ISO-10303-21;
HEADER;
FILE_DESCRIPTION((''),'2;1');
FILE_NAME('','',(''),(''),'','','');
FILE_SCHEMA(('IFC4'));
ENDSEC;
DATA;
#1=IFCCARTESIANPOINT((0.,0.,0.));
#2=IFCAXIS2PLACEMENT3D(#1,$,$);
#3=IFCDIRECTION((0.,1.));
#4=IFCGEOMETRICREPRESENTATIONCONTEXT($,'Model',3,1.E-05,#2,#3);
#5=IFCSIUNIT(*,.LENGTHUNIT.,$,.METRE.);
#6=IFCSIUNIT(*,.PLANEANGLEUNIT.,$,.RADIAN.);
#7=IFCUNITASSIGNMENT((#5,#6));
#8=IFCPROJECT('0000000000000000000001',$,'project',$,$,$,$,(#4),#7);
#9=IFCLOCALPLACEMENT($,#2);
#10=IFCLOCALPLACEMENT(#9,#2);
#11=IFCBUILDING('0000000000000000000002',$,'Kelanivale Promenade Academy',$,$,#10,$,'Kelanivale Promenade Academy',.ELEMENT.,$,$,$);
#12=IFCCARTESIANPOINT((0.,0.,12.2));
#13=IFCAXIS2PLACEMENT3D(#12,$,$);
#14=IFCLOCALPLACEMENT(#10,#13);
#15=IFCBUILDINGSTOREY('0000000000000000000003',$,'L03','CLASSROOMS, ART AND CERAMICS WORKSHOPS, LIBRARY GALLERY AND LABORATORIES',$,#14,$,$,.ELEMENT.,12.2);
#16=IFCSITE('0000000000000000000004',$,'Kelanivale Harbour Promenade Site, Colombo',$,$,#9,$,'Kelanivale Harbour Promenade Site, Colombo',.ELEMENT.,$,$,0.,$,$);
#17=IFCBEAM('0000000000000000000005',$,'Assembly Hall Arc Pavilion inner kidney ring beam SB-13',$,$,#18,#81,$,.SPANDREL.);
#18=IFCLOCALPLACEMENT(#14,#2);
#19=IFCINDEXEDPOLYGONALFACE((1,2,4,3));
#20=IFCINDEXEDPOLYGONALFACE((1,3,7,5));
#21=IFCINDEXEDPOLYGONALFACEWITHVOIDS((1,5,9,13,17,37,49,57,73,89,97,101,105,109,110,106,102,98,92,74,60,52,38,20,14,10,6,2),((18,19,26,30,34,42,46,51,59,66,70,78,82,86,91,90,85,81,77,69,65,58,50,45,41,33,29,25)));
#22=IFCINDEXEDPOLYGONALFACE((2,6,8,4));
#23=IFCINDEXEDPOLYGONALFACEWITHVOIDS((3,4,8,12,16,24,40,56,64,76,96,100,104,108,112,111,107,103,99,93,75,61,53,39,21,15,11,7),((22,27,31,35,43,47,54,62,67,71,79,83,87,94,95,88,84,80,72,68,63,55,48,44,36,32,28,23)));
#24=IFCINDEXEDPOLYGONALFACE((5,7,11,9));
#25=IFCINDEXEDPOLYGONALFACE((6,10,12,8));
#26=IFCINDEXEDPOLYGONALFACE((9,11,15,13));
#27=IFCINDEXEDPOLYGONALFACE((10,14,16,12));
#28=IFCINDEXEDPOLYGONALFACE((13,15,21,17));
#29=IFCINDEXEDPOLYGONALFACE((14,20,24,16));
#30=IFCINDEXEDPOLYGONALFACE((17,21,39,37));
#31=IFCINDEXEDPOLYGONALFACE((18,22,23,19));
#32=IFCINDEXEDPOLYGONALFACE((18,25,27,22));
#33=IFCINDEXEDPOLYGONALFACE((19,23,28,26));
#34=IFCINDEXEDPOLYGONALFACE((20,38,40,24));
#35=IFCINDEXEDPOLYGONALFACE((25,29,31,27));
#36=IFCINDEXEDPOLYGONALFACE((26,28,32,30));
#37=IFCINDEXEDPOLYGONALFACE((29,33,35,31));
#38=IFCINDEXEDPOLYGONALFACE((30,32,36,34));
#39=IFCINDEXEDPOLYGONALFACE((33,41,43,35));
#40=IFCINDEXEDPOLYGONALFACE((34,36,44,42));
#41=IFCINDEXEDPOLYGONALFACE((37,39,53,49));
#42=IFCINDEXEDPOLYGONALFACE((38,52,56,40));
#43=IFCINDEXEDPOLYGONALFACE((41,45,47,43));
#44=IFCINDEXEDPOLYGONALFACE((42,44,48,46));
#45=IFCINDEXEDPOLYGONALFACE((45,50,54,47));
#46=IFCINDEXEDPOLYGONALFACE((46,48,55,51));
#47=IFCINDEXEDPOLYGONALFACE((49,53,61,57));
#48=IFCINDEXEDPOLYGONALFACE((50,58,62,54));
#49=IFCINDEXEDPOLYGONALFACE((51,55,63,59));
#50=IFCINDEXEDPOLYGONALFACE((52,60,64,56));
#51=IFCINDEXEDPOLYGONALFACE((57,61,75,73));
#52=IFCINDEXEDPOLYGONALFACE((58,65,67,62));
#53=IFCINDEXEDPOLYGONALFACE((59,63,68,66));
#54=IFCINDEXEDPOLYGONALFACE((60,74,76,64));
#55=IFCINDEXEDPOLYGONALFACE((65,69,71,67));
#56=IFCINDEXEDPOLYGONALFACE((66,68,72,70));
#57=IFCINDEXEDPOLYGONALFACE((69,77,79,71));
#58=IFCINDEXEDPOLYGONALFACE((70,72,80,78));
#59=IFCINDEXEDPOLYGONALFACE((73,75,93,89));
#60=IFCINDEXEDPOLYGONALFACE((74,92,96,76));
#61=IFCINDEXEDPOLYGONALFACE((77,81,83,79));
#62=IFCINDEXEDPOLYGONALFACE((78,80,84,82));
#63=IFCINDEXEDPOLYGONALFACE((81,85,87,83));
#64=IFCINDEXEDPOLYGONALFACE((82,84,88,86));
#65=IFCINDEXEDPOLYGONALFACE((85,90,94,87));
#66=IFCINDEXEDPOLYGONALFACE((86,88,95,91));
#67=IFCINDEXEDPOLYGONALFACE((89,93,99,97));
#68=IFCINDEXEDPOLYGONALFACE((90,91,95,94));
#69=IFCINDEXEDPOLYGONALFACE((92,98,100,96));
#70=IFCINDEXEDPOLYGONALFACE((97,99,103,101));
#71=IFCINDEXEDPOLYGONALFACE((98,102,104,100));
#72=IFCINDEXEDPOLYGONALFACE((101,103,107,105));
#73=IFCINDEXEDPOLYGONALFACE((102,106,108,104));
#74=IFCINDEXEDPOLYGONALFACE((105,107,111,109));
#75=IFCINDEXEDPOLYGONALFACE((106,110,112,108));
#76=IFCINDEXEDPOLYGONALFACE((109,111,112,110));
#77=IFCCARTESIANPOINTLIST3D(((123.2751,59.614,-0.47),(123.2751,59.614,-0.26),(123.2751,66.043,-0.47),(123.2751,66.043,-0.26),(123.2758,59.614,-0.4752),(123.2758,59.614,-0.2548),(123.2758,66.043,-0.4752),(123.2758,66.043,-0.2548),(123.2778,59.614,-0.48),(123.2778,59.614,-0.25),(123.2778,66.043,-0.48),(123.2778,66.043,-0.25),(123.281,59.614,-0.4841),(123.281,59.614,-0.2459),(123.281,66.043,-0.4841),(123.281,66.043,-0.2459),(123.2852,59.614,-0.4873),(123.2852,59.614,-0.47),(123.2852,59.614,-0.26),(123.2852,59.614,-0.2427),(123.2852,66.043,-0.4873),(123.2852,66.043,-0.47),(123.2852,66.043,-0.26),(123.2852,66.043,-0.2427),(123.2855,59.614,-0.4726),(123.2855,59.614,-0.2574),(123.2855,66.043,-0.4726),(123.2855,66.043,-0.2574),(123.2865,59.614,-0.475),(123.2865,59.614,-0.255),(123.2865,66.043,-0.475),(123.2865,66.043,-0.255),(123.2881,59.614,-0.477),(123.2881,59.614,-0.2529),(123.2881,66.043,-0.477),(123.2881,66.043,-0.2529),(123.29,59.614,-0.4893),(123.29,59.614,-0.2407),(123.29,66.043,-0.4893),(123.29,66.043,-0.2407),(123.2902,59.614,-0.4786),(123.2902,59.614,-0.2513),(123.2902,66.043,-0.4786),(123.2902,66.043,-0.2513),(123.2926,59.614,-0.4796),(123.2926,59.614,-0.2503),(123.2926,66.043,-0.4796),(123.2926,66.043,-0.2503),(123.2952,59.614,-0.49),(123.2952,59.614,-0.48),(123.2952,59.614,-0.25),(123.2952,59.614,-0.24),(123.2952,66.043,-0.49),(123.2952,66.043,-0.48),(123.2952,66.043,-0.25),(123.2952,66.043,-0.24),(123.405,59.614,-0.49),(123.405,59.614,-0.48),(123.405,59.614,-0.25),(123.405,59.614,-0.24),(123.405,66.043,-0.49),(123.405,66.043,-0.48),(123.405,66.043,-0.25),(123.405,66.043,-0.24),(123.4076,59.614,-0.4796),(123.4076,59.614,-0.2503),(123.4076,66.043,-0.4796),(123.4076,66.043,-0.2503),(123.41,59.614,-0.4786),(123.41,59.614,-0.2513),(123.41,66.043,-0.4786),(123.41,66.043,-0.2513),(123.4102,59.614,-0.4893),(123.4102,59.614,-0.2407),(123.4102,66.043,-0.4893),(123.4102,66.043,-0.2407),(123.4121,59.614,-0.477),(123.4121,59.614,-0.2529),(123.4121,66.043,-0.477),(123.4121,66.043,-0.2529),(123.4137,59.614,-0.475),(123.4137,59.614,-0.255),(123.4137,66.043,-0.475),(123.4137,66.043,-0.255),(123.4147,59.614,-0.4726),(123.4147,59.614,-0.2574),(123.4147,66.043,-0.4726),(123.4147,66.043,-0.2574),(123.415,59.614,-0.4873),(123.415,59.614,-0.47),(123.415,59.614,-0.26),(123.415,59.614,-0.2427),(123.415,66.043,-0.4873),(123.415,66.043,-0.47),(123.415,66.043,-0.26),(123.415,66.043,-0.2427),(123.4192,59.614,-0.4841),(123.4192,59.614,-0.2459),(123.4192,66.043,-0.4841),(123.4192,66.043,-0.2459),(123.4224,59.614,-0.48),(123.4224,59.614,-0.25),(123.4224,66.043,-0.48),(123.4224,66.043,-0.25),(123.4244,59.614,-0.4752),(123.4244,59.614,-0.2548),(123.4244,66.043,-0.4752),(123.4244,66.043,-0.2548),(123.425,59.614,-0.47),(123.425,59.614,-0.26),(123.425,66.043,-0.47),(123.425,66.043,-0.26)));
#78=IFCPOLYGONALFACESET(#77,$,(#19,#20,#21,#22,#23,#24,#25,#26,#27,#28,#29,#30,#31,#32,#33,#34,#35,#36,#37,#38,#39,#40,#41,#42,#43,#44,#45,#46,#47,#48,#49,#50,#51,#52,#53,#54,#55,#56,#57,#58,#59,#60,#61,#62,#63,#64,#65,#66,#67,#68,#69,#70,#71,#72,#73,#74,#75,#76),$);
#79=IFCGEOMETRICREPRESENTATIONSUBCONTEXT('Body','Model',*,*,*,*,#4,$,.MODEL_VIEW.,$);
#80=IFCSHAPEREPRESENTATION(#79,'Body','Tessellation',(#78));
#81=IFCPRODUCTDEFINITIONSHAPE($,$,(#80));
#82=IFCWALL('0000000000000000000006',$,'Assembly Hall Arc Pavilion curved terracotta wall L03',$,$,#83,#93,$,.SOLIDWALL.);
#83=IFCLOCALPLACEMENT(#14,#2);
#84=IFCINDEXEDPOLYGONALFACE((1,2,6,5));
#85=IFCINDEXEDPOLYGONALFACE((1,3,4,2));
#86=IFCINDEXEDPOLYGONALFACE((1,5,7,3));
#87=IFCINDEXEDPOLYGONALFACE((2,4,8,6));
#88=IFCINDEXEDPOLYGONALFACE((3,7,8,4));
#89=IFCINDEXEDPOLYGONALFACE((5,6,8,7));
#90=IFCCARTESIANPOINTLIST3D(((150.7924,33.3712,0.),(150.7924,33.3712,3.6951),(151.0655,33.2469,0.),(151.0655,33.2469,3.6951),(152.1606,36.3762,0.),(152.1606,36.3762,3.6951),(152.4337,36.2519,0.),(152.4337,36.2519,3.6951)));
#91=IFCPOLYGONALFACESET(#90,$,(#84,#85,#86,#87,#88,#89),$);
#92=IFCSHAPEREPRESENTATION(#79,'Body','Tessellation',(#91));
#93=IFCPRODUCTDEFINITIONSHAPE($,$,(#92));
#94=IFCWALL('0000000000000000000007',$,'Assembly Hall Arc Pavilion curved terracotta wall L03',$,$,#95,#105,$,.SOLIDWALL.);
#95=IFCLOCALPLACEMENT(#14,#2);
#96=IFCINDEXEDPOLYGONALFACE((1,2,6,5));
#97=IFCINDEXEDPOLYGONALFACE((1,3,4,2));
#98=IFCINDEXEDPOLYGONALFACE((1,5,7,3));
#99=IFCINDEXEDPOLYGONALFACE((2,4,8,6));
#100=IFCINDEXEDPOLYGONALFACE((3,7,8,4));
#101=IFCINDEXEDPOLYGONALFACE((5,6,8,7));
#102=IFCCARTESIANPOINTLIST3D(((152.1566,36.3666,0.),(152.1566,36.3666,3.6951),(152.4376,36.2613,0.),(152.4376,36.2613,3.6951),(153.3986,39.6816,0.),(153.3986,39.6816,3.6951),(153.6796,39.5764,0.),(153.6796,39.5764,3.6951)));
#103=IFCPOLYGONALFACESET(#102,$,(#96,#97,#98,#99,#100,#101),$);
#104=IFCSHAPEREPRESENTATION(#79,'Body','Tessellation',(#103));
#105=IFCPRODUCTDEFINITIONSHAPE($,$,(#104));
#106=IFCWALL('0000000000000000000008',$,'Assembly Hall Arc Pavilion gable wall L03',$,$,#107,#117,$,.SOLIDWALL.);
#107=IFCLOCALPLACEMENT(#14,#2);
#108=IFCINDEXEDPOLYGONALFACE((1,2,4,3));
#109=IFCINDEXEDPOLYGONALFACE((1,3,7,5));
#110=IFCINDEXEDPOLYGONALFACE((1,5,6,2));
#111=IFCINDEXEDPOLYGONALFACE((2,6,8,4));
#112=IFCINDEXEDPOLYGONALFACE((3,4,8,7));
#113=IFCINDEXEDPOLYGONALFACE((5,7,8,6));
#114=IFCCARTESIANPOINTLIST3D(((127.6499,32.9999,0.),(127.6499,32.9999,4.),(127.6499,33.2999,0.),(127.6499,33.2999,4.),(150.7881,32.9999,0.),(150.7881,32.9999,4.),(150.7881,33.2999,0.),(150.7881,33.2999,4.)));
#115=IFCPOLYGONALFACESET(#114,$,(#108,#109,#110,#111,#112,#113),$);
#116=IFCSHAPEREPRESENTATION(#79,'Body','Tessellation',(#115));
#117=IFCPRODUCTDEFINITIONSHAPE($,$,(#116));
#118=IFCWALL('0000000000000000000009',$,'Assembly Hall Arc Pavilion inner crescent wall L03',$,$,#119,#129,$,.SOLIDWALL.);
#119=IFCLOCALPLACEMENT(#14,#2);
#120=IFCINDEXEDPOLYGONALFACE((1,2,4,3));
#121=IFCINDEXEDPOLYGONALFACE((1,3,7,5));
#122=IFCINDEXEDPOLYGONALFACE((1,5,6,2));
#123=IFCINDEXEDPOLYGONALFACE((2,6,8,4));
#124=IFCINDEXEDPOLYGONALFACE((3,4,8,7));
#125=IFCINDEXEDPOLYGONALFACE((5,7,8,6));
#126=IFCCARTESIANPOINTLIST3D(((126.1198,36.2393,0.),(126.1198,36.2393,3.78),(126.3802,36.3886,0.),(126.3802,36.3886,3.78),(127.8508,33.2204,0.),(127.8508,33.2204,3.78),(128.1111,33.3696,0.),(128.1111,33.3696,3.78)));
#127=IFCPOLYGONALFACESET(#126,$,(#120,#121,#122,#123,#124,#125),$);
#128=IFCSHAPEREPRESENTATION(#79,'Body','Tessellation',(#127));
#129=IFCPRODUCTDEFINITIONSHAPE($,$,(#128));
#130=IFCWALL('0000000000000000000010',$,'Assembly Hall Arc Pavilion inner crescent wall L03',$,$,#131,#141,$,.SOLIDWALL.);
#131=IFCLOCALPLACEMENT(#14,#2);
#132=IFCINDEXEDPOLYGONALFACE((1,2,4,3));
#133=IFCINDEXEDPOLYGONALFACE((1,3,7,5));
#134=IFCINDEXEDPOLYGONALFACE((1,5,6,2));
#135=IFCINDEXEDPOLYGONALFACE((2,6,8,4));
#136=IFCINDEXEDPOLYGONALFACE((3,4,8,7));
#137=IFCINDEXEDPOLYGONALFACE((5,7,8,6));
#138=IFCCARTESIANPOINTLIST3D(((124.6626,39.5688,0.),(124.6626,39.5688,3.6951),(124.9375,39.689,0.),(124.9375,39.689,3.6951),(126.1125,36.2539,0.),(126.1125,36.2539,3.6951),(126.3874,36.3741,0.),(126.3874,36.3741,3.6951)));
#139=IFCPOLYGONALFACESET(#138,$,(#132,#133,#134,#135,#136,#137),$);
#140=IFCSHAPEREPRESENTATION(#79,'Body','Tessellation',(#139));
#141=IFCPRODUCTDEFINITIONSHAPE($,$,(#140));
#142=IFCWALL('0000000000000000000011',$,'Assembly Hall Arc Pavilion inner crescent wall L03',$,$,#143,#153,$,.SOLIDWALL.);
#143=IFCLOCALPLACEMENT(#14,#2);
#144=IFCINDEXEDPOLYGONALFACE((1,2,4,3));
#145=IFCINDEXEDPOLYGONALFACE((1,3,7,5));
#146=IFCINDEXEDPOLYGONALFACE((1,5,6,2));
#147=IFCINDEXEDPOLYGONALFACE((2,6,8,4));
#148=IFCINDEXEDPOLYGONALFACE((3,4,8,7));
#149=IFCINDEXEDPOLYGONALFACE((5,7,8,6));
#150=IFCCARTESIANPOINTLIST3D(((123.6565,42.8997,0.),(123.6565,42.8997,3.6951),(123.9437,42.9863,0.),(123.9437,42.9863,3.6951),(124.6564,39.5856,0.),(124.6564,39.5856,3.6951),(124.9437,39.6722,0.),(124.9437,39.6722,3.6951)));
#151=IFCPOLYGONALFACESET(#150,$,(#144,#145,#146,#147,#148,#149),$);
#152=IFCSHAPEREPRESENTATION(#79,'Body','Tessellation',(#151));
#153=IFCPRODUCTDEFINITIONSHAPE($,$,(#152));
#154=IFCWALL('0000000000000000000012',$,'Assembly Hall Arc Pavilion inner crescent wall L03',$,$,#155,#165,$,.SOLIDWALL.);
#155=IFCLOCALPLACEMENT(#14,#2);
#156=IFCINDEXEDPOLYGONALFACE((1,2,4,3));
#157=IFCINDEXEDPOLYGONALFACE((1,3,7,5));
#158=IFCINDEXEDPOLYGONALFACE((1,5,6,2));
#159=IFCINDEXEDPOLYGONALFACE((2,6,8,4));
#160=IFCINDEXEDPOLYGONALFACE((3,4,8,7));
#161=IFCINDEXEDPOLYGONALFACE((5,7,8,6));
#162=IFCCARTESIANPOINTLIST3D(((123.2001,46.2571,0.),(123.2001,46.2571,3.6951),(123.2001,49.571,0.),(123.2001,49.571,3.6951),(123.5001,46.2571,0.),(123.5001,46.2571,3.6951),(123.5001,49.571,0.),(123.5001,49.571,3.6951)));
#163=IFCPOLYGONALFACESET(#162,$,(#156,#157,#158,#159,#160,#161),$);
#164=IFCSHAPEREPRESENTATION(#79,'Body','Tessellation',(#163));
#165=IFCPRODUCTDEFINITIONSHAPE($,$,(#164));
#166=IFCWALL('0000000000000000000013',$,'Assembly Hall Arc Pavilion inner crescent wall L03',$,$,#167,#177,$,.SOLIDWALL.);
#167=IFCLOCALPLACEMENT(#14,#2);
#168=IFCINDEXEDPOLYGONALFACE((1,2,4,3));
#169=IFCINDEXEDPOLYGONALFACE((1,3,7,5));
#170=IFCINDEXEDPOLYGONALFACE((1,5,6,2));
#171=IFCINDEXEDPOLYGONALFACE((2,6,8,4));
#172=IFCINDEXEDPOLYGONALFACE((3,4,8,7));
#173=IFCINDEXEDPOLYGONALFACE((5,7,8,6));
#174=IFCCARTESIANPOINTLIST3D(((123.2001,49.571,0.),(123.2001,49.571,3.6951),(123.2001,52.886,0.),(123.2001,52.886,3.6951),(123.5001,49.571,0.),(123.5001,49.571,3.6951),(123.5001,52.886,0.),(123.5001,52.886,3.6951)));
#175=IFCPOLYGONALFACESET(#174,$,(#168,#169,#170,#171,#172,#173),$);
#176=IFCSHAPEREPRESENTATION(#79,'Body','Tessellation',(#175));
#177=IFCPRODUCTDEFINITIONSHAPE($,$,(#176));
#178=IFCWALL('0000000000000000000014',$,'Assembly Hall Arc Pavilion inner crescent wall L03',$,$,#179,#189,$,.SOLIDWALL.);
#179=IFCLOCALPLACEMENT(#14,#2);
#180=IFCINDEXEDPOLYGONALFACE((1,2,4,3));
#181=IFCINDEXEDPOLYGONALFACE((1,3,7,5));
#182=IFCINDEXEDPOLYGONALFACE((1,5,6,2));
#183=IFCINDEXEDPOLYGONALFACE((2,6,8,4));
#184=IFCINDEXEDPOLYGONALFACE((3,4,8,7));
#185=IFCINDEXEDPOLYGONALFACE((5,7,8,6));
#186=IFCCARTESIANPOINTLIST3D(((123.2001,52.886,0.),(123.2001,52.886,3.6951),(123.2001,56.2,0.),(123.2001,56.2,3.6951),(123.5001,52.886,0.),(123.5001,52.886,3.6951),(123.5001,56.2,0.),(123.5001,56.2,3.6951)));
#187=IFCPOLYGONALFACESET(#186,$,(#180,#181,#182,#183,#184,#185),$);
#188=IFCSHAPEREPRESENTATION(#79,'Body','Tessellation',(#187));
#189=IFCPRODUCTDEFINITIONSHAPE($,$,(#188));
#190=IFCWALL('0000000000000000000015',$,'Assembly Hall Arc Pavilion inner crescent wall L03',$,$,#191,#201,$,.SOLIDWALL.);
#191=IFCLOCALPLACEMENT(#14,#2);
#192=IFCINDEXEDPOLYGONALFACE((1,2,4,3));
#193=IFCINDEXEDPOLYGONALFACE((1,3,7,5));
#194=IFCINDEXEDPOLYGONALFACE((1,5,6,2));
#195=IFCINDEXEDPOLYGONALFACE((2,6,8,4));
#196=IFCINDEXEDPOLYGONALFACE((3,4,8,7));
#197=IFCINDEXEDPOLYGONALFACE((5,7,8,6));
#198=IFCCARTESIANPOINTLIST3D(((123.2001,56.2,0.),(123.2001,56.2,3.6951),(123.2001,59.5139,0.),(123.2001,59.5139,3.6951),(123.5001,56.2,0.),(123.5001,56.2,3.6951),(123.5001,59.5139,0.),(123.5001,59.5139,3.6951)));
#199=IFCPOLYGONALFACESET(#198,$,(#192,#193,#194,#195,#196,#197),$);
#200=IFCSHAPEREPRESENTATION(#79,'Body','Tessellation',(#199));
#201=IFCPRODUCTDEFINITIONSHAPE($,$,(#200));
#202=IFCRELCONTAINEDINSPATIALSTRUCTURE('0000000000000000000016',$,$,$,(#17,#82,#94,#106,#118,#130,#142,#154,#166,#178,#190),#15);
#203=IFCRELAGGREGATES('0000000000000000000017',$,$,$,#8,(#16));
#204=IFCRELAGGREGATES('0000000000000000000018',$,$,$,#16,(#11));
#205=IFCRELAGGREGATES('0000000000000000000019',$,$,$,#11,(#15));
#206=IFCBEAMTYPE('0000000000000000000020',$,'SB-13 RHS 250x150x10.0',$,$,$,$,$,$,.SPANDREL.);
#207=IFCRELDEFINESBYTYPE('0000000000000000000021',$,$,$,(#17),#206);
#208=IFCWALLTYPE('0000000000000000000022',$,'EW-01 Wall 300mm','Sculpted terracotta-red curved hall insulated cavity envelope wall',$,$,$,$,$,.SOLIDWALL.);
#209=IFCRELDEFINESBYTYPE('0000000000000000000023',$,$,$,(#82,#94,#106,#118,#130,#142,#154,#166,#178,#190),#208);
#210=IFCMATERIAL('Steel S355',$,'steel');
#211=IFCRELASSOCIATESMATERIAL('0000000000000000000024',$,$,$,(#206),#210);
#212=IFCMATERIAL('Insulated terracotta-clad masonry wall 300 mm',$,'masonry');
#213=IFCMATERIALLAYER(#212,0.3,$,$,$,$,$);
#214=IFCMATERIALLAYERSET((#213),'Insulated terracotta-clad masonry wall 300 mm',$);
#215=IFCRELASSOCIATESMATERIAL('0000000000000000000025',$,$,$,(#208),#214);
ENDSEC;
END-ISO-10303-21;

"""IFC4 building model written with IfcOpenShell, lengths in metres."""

from ifc_helpers import new_model, si_unit, direction, frame, frame_2d, origin, origin_2d, place, context, subcontext, project, spatial, rectangle, hollow_rectangle, extrude, material, layer, layer_set, material_profile, profile_set, type_object, element, save


model = new_model("IFC4")

# Units and contexts
model_context = context("Model", 3, precision=1e-05, world=origin(), true_north=direction((0.0, 1.0)))
body_context = subcontext(model_context, "Body", "Model", "MODEL_VIEW")
ifc_project = project(units=[si_unit("LENGTHUNIT", "METRE"), si_unit("PLANEANGLEUNIT", "RADIAN")], contexts=[model_context])

# Site, building, storey
site_placement = place(None, origin())
site = spatial("IfcSite", under=ifc_project, at=site_placement, Name="Kelanivale Harbour Promenade Site, Colombo", LongName="Kelanivale Harbour Promenade Site, Colombo", CompositionType="ELEMENT", RefElevation=0.0)
building_placement = place(site_placement, origin())
building = spatial("IfcBuilding", under=site, at=building_placement, Name="Kelanivale Promenade Academy", LongName="Kelanivale Promenade Academy", CompositionType="ELEMENT")
storey_placement = place(building_placement, frame((0.0, 0.0, 12.2)))
storey = spatial("IfcBuildingStorey", under=building, at=storey_placement, Name="L03", Description="CLASSROOMS, ART AND CERAMICS WORKSHOPS, LIBRARY GALLERY AND LABORATORIES", CompositionType="ELEMENT", Elevation=12.2)

# Shared definitions
ifc_material_1 = material(Name="Steel S355", Category="steel")

# Beam
ifc_material_profile_1 = material_profile(ifc_material_1, hollow_rectangle(XDim=0.1499, YDim=0.25, WallThickness=0.01, InnerFilletRadius=0.01, OuterFilletRadius=0.02, at=origin_2d()), Name="RHS 250x150x10.0")
ifc_profile_set_1 = profile_set([ifc_material_profile_1], Name="Steel S355")
beam_type = type_object("IfcBeamType", Name="SB-13 RHS 250x150x10.0", PredefinedType="SPANDREL", material=ifc_profile_set_1)
beam_1_placement = place(storey_placement, frame((123.3501, 59.614, -0.365), z_axis=(0.0, 1.0, 0.0), x_axis=(-1.0, 0.0, 0.0)))
element("IfcBeam", 1, at=beam_1_placement, inside=storey, type_object=beam_type, Name="Assembly Hall Arc Pavilion inner kidney ring beam SB-13", PredefinedType="SPANDREL", context=body_context, shape_type="SweptSolid", body=[
    extrude(hollow_rectangle(XDim=0.1499, YDim=0.25, WallThickness=0.01, InnerFilletRadius=0.01, OuterFilletRadius=0.02, at=origin_2d()), origin(), (0.0, 0.0, 1.0), 6.429),
])

# Walls
ifc_material_2 = material(Name="Insulated terracotta-clad masonry wall 300 mm", Category="masonry")
ifc_layer_1 = layer(ifc_material_2, 0.3)
ifc_layer_set_1 = layer_set([ifc_layer_1], Name="Insulated terracotta-clad masonry wall 300 mm")
wall_type = type_object("IfcWallType", Name="EW-01 Wall 300mm", Description="Sculpted terracotta-red curved hall insulated cavity envelope wall", PredefinedType="SOLIDWALL", material=ifc_layer_set_1)
wall_1_placement = place(storey_placement, frame((150.929, 33.3091, 0.0), z_axis=(0.0, 0.0, 1.0), x_axis=(0.414382, 0.910103, 0.0)))
element("IfcWall", 2, at=wall_1_placement, inside=storey, type_object=wall_type, Name="Assembly Hall Arc Pavilion curved terracotta wall L03", PredefinedType="SOLIDWALL", context=body_context, shape_type="SweptSolid", body=[
    extrude(rectangle(XDim=3.3018, YDim=0.3, at=frame_2d((1.6509, 0.0))), origin(), (0.0, 0.0, 1.0), 3.6951),
])
wall_2_placement = place(storey_placement, frame((152.2971, 36.314, 0.0), z_axis=(0.0, 0.0, 1.0), x_axis=(0.350836, 0.936437, 0.0)))
element("IfcWall", 3, at=wall_2_placement, inside=storey, type_object=wall_type, Name="Assembly Hall Arc Pavilion curved terracotta wall L03", PredefinedType="SOLIDWALL", context=body_context, shape_type="SweptSolid", body=[
    extrude(rectangle(XDim=3.54, YDim=0.3, at=frame_2d((1.77, 0.0))), origin(), (0.0, 0.0, 1.0), 3.6951),
])
wall_3_placement = place(storey_placement, frame((127.6499, 33.1499, 0.0), z_axis=(0.0, 0.0, 1.0), x_axis=(1.0, 0.0, 0.0)))
element("IfcWall", 4, at=wall_3_placement, inside=storey, type_object=wall_type, Name="Assembly Hall Arc Pavilion gable wall L03", PredefinedType="SOLIDWALL", context=body_context, shape_type="SweptSolid", body=[
    extrude(rectangle(XDim=23.1382, YDim=0.3, at=frame_2d((11.5691, 0.0))), origin(), (0.0, 0.0, 1.0), 4.0),
])
wall_4_placement = place(storey_placement, frame((126.25, 36.314, 0.0), z_axis=(0.0, 0.0, 1.0), x_axis=(0.497393, -0.867526, 0.0)))
element("IfcWall", 5, at=wall_4_placement, inside=storey, type_object=wall_type, Name="Assembly Hall Arc Pavilion inner crescent wall L03", PredefinedType="SOLIDWALL", context=body_context, shape_type="SweptSolid", body=[
    extrude(rectangle(XDim=3.48, YDim=0.3, at=frame_2d((1.74, 0.0))), origin(), (0.0, 0.0, 1.0), 3.78),
])
wall_5_placement = place(storey_placement, frame((124.8, 39.6289, 0.0), z_axis=(0.0, 0.0, 1.0), x_axis=(0.400741, -0.916191, 0.0)))
element("IfcWall", 6, at=wall_5_placement, inside=storey, type_object=wall_type, Name="Assembly Hall Arc Pavilion inner crescent wall L03", PredefinedType="SOLIDWALL", context=body_context, shape_type="SweptSolid", body=[
    extrude(rectangle(XDim=3.6182, YDim=0.3, at=frame_2d((1.8091, 0.0))), origin(), (0.0, 0.0, 1.0), 3.6951),
])
wall_6_placement = place(storey_placement, frame((123.8, 42.9431, 0.0), z_axis=(0.0, 0.0, 1.0), x_axis=(0.288868, -0.957369, 0.0)))
element("IfcWall", 7, at=wall_6_placement, inside=storey, type_object=wall_type, Name="Assembly Hall Arc Pavilion inner crescent wall L03", PredefinedType="SOLIDWALL", context=body_context, shape_type="SweptSolid", body=[
    extrude(rectangle(XDim=3.4617, YDim=0.3, at=frame_2d((1.731, 0.0))), origin(), (0.0, 0.0, 1.0), 3.6951),
])
wall_7_placement = place(storey_placement, frame((123.3501, 49.571, 0.0), z_axis=(0.0, 0.0, 1.0), x_axis=(0.0, -1.0, 0.0)))
element("IfcWall", 8, at=wall_7_placement, inside=storey, type_object=wall_type, Name="Assembly Hall Arc Pavilion inner crescent wall L03", PredefinedType="SOLIDWALL", context=body_context, shape_type="SweptSolid", body=[
    extrude(rectangle(XDim=3.314, YDim=0.3, at=frame_2d((1.657, 0.0))), origin(), (0.0, 0.0, 1.0), 3.6951),
])
wall_8_placement = place(storey_placement, frame((123.3501, 52.886, 0.0), z_axis=(0.0, 0.0, 1.0), x_axis=(0.0, -1.0, 0.0)))
element("IfcWall", 9, at=wall_8_placement, inside=storey, type_object=wall_type, Name="Assembly Hall Arc Pavilion inner crescent wall L03", PredefinedType="SOLIDWALL", context=body_context, shape_type="SweptSolid", body=[
    extrude(rectangle(XDim=3.3149, YDim=0.3, at=frame_2d((1.6575, 0.0))), origin(), (0.0, 0.0, 1.0), 3.6951),
])
for number, where, z_axis, x_axis, name in (
    (10, (123.3501, 56.2, 0.0), (0.0, 0.0, 1.0), (0.0, -1.0, 0.0), "Assembly Hall Arc Pavilion inner crescent wall L03"),
    (11, (123.3501, 59.5139, 0.0), (0.0, 0.0, 1.0), (0.0, -1.0, 0.0), "Assembly Hall Arc Pavilion inner crescent wall L03"),
):
    element("IfcWall", number, at=place(storey_placement, frame(where, z_axis=z_axis, x_axis=x_axis)), inside=storey, type_object=wall_type, Name=name, PredefinedType="SOLIDWALL", context=body_context, shape_type="SweptSolid", body=[
        extrude(rectangle(XDim=3.314, YDim=0.3, at=frame_2d((1.657, 0.0))), origin(), (0.0, 0.0, 1.0), 3.6951),
    ])

save(model, "model.ifc")
